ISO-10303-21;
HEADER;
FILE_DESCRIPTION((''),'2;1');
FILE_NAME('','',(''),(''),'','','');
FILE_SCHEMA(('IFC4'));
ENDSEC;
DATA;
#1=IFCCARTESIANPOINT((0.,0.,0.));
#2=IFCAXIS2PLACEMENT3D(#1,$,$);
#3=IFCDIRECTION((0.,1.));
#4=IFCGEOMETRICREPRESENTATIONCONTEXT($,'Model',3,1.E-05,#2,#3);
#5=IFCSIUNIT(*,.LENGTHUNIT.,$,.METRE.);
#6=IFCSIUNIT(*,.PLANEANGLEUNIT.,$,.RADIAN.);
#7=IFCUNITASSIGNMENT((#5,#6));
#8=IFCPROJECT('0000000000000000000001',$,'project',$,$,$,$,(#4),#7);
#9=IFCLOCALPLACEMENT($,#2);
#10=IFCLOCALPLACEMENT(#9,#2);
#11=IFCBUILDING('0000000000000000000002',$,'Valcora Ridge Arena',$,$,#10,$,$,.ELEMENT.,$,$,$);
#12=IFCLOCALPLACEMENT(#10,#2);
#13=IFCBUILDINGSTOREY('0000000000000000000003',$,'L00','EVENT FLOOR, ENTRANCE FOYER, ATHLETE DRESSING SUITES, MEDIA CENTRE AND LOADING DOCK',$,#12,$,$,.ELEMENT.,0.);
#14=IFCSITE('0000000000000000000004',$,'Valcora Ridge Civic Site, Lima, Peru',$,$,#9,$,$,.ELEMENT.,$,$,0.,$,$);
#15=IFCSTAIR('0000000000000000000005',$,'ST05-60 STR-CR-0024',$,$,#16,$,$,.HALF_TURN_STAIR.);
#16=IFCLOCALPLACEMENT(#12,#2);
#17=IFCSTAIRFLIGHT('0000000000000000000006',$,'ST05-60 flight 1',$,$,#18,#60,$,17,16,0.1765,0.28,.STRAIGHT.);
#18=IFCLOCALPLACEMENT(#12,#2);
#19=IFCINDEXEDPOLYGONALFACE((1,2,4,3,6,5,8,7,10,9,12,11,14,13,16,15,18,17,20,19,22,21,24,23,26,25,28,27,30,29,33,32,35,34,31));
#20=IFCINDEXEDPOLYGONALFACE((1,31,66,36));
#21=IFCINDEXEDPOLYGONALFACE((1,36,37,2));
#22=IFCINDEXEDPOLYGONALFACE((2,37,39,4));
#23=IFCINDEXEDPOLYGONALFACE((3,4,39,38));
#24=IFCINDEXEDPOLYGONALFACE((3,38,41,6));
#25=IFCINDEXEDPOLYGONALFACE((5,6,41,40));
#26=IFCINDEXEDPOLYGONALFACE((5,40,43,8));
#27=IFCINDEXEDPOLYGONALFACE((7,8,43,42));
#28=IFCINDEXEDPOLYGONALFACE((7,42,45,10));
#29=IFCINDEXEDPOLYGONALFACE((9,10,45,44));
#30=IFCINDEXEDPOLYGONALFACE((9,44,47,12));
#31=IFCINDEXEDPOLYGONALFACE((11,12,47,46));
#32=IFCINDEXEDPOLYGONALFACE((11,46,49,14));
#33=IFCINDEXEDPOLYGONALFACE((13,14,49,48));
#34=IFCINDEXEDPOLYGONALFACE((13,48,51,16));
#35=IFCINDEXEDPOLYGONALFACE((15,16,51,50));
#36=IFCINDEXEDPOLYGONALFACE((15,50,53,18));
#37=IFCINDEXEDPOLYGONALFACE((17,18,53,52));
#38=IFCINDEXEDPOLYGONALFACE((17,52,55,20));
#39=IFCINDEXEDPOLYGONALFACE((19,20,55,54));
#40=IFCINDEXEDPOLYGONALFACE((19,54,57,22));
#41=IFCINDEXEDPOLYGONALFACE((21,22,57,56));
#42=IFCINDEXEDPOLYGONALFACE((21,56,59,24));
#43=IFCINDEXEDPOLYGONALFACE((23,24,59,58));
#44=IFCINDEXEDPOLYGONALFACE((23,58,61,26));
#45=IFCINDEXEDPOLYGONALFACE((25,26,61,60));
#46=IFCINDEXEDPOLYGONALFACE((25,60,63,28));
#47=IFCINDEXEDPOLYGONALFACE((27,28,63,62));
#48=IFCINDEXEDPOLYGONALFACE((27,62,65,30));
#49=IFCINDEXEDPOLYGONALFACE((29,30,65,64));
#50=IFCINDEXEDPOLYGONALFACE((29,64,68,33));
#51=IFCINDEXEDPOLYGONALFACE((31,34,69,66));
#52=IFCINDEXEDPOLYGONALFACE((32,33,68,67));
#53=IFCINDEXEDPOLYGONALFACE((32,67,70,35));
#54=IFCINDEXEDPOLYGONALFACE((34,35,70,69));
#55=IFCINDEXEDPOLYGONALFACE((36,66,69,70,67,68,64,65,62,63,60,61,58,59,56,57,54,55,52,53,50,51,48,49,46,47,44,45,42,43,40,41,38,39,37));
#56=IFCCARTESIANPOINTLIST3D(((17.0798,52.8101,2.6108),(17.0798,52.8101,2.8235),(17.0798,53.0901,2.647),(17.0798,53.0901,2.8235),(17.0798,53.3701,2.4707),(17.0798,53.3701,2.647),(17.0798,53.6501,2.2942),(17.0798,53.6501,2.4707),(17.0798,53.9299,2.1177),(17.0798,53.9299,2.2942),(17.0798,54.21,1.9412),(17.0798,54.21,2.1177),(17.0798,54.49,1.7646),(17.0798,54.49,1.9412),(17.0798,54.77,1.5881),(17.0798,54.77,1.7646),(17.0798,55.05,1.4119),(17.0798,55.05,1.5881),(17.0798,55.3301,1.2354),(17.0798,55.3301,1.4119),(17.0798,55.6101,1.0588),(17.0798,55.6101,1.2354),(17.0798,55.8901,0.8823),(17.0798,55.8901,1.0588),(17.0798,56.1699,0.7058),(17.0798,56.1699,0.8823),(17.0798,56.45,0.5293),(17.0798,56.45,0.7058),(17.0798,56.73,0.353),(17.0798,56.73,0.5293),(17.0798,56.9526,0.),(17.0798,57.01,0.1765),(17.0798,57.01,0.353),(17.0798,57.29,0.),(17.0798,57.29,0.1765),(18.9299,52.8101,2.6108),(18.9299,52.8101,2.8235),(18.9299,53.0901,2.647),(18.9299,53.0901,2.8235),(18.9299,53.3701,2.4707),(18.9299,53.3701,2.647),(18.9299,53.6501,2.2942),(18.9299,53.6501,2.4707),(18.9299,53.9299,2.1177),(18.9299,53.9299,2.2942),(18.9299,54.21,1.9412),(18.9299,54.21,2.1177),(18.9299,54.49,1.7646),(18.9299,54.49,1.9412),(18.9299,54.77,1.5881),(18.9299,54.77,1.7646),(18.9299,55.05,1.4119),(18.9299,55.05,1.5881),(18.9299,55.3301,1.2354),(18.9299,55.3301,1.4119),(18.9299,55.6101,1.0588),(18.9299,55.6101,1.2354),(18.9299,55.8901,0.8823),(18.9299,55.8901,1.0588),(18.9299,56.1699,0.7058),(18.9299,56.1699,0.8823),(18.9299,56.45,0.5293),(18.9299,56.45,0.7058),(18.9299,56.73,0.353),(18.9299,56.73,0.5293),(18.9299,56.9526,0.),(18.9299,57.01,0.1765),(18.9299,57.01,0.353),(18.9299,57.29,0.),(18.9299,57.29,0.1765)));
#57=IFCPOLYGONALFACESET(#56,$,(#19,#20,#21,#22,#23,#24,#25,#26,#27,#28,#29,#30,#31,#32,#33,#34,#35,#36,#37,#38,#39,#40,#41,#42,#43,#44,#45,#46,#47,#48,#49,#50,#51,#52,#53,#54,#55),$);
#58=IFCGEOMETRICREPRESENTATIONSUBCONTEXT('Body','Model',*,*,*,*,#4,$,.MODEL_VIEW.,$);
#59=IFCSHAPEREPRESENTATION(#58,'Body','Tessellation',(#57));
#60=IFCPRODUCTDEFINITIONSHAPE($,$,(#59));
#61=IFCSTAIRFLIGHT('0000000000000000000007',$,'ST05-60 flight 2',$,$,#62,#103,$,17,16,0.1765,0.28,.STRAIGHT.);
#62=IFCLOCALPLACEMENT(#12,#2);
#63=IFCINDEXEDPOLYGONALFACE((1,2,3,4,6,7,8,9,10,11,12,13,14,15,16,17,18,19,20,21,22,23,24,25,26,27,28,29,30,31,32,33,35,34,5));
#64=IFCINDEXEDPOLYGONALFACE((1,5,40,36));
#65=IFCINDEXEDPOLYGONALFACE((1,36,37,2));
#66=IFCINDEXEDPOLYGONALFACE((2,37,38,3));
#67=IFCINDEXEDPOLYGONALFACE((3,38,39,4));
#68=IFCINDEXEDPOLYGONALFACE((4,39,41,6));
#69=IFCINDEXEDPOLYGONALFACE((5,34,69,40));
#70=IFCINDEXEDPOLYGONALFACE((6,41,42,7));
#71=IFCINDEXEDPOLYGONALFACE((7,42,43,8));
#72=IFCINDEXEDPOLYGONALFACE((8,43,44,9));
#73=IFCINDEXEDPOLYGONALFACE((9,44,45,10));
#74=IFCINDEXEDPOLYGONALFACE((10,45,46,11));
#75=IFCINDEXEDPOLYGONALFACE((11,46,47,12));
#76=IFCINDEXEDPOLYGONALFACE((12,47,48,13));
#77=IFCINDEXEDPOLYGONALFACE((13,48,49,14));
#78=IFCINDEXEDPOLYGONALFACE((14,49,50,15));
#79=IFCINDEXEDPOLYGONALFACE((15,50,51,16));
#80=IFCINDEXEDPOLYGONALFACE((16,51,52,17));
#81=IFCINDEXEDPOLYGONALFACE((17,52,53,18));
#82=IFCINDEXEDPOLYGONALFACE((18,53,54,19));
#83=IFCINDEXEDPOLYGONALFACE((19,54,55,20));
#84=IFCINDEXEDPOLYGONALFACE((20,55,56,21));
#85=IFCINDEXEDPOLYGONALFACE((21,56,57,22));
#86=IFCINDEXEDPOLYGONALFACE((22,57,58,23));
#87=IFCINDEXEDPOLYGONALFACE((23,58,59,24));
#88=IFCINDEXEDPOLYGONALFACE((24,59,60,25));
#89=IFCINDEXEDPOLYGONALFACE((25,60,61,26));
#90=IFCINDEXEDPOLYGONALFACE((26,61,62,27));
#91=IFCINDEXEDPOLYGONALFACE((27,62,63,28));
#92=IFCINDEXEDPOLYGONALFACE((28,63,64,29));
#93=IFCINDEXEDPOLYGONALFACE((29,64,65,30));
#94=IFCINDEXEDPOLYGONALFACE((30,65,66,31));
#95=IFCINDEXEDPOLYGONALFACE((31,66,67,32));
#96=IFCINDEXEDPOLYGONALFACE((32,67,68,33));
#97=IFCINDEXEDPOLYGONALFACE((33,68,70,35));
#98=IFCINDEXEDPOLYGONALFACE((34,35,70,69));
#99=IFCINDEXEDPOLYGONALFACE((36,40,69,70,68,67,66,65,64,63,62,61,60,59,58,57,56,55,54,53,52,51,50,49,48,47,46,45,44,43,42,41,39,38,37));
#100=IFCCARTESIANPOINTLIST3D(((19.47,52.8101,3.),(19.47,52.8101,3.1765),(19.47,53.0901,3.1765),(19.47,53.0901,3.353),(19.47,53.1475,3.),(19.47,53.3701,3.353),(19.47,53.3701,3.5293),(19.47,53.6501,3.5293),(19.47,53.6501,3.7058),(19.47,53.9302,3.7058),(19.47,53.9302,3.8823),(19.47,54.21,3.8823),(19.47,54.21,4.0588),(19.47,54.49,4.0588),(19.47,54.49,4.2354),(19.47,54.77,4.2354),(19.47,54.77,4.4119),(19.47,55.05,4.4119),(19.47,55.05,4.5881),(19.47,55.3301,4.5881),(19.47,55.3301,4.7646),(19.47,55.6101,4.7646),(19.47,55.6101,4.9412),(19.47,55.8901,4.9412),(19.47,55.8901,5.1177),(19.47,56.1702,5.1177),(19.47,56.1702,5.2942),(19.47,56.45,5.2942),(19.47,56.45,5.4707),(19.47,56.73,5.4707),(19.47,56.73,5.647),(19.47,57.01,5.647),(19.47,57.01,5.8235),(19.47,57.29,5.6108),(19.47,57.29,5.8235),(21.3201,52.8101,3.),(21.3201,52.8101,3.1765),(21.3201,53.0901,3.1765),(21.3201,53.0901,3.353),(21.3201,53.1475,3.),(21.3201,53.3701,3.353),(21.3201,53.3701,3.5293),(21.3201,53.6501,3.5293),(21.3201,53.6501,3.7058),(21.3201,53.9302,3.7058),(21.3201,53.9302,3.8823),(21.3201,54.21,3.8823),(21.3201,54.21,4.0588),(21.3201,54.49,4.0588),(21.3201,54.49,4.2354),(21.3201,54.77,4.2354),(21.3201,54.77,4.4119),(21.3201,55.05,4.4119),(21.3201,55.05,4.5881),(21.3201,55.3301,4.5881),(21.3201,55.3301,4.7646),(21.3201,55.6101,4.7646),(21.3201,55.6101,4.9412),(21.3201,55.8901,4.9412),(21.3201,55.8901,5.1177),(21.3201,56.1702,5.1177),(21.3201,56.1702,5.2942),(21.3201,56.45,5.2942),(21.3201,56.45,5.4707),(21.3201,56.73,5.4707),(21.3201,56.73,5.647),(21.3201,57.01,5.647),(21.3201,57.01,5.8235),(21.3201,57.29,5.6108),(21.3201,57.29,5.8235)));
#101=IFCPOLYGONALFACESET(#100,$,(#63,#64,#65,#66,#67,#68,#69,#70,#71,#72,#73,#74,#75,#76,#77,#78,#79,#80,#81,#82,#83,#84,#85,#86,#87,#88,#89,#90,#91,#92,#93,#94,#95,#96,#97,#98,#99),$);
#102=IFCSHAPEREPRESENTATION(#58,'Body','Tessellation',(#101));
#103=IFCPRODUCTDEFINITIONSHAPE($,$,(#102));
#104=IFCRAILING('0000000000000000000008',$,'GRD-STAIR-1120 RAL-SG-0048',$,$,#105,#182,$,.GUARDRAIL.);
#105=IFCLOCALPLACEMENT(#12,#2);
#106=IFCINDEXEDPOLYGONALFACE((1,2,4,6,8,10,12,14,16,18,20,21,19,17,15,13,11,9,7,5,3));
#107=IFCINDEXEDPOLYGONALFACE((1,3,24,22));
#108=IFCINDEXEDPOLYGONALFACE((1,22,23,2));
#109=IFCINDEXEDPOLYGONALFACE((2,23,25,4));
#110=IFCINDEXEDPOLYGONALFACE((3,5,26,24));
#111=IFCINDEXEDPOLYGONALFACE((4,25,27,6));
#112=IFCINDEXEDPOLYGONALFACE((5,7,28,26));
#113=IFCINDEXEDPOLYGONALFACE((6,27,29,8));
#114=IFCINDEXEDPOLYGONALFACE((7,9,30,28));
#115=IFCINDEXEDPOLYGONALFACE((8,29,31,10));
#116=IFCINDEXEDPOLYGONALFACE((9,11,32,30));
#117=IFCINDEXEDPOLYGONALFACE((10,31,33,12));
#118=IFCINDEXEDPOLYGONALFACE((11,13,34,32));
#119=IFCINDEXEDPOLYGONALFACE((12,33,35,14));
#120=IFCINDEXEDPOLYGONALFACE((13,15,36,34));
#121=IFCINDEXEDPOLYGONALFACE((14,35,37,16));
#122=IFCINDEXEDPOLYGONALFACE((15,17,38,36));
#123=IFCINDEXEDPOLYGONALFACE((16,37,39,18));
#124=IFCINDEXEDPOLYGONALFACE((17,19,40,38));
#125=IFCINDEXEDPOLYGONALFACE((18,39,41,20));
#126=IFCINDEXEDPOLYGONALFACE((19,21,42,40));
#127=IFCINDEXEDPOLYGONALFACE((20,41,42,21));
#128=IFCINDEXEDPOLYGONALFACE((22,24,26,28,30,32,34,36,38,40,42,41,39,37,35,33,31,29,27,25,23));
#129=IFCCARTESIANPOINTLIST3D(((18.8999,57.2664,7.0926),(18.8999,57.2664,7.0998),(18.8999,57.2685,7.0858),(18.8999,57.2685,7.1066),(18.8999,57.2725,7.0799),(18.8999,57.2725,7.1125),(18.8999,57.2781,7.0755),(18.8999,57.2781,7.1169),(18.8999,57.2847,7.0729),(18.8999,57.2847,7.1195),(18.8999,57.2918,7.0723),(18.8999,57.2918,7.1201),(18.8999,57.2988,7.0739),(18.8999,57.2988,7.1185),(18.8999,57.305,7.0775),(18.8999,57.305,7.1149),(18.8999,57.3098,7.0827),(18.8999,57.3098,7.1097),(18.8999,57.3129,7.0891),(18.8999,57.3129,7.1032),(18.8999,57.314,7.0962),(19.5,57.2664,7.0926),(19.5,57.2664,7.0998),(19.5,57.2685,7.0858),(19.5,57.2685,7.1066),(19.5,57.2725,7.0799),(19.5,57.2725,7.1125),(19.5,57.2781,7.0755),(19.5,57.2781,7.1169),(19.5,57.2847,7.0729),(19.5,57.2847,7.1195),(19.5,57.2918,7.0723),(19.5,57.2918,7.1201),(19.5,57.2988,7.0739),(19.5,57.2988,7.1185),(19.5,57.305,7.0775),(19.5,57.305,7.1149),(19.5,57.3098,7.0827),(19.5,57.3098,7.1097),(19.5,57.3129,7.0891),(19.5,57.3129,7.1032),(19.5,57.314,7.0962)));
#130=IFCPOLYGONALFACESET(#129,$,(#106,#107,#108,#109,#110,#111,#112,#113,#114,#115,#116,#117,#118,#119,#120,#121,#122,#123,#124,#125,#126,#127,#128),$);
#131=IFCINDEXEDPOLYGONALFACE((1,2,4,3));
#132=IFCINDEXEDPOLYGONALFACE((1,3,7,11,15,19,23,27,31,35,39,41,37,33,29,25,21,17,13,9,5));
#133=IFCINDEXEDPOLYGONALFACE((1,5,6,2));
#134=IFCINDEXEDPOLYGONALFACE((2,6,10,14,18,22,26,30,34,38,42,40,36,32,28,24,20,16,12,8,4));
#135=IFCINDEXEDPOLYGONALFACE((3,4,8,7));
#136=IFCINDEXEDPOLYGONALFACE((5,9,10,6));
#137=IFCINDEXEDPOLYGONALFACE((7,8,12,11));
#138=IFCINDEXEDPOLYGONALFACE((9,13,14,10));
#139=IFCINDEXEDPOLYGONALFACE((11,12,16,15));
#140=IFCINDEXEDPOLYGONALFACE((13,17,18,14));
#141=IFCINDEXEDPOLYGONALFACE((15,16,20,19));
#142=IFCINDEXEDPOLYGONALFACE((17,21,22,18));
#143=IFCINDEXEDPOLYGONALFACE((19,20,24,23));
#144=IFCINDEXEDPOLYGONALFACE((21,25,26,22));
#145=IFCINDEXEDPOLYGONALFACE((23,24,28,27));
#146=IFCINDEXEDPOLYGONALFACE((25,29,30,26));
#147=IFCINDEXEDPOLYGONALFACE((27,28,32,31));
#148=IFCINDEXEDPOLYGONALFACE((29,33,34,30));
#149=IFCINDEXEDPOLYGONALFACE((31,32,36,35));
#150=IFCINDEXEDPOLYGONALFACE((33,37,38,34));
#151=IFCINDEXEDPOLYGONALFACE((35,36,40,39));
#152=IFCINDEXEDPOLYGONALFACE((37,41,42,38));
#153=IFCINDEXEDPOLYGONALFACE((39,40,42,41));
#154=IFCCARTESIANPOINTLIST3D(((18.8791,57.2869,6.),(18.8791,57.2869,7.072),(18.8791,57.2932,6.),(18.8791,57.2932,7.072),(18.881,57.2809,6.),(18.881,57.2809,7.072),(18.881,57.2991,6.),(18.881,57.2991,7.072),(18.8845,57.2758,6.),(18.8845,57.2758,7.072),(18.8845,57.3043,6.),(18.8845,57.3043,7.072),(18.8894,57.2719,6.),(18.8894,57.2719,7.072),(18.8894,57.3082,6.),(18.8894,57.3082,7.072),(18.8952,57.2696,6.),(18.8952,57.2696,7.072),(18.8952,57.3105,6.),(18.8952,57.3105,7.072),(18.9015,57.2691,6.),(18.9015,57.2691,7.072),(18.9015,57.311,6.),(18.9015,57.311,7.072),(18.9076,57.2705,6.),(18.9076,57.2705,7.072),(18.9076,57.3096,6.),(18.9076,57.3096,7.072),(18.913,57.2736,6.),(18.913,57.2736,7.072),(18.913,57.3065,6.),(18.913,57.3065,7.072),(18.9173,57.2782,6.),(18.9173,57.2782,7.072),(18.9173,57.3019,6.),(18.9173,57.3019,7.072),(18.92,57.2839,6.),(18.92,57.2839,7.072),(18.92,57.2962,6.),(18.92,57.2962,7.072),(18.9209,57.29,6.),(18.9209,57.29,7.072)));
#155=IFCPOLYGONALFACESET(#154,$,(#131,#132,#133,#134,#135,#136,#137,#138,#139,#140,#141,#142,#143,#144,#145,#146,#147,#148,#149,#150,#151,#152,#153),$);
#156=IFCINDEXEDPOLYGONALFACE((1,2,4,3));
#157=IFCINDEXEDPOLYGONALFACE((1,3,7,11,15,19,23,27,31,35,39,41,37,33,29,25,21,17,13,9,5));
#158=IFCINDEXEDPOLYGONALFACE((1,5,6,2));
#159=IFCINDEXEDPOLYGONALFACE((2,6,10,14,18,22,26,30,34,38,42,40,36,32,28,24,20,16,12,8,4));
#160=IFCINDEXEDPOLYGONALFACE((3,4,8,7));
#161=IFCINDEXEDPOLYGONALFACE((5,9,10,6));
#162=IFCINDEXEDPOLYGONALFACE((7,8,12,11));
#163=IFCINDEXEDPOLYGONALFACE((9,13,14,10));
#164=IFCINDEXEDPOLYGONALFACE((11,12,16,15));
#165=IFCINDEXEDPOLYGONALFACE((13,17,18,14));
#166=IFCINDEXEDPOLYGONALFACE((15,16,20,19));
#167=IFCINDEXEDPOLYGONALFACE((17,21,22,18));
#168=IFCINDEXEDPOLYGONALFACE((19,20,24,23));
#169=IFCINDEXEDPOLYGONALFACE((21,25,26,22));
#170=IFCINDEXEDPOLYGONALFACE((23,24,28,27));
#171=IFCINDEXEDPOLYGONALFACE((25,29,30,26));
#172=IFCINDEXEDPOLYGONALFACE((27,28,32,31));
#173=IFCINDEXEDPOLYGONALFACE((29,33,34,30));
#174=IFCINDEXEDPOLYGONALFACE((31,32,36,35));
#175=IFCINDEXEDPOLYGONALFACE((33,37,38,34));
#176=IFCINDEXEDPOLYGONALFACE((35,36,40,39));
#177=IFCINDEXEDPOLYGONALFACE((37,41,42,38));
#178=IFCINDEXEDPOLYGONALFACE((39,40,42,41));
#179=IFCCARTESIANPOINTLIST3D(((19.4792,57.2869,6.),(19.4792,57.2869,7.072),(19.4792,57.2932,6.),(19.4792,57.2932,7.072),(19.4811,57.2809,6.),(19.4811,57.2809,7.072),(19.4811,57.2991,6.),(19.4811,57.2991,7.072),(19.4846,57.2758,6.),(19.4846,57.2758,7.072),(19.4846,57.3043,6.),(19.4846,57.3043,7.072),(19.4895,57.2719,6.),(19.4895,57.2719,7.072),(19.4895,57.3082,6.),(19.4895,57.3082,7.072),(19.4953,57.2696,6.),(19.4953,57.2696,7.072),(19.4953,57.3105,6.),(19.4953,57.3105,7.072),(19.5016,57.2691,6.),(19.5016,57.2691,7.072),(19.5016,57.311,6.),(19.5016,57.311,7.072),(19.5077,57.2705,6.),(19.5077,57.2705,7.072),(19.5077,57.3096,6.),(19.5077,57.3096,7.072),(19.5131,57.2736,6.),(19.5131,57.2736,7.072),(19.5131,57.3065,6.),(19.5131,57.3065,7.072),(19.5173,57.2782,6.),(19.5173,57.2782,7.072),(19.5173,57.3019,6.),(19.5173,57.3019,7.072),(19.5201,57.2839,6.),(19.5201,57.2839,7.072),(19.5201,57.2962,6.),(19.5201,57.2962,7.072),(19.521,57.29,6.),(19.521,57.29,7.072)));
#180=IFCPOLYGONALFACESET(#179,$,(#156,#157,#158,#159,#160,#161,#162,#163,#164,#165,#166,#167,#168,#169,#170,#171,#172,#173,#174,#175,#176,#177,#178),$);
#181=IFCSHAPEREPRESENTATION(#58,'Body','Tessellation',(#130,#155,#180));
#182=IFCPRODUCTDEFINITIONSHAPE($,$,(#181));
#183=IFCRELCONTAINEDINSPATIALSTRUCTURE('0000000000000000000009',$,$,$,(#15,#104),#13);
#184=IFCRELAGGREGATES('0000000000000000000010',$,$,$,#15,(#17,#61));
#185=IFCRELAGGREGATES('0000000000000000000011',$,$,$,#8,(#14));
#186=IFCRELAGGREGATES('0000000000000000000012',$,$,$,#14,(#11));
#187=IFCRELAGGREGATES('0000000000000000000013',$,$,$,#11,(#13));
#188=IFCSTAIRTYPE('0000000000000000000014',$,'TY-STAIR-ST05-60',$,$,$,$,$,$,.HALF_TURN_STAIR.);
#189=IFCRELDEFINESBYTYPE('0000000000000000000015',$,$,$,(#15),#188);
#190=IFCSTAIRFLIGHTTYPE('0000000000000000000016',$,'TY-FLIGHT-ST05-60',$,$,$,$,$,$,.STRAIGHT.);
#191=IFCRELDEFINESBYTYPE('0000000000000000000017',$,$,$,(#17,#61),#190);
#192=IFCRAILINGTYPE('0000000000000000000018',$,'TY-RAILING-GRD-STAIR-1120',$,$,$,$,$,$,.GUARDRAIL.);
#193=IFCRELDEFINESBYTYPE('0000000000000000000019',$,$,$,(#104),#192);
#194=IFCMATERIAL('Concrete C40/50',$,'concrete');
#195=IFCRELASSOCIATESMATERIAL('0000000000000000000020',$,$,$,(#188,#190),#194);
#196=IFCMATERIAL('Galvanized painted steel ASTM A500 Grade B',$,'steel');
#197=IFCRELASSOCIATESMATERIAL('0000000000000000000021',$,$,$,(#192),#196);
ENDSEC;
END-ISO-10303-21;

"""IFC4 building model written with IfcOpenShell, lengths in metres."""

from ifc_helpers import new_model, si_unit, direction, frame, origin, origin_2d, place, context, subcontext, project, spatial, polyline, circle, outline, extrude, material, type_object, element, aggregate, save


model = new_model("IFC4")

# Units and contexts
model_context = context("Model", 3, precision=1e-05, world=origin(), true_north=direction((0.0, 1.0)))
body_context = subcontext(model_context, "Body", "Model", "MODEL_VIEW")
ifc_project = project(units=[si_unit("LENGTHUNIT", "METRE"), si_unit("PLANEANGLEUNIT", "RADIAN")], contexts=[model_context])

# Site, building, storey
site_placement = place(None, origin())
site = spatial("IfcSite", under=ifc_project, at=site_placement, Name="Valcora Ridge Civic Site, Lima, Peru", CompositionType="ELEMENT", RefElevation=0.0)
building_placement = place(site_placement, origin())
building = spatial("IfcBuilding", under=site, at=building_placement, Name="Valcora Ridge Arena", CompositionType="ELEMENT")
storey_placement = place(building_placement, origin())
storey = spatial("IfcBuildingStorey", under=building, at=storey_placement, Name="L00", Description="EVENT FLOOR, ENTRANCE FOYER, ATHLETE DRESSING SUITES, MEDIA CENTRE AND LOADING DOCK", CompositionType="ELEMENT", Elevation=0.0)

# Shared definitions
ifc_material_1 = material(Name="Concrete C40/50", Category="concrete")

# Stair, stair flights
stair_type = type_object("IfcStairType", Name="TY-STAIR-ST05-60", PredefinedType="HALF_TURN_STAIR", material=ifc_material_1)
stair_placement = place(storey_placement, origin())
stair = element("IfcStair", 1, at=stair_placement, inside=storey, type_object=stair_type, Name="ST05-60 STR-CR-0024", PredefinedType="HALF_TURN_STAIR")
stair_flight_type = type_object("IfcStairFlightType", Name="TY-FLIGHT-ST05-60", PredefinedType="STRAIGHT", material=ifc_material_1)
stair_flight_1_placement = place(storey_placement, frame((18.0049, 57.29, 0.0), z_axis=(0.0, 0.0, 1.0), x_axis=(0.0, -1.0, 0.0)))
stair_flight_1 = element("IfcStairFlight", 2, at=stair_flight_1_placement, type_object=stair_flight_type, Name="ST05-60 flight 1", NumberOfRisers=17, NumberOfTreads=16, PredefinedType="STRAIGHT", RiserHeight=0.1765, TreadLength=0.28, context=body_context, shape_type="SweptSolid", body=[
    extrude(outline(polyline([(0.0, 0.0), (0.0, 0.1765), (0.28, 0.1765), (0.28, 0.353), (0.5601, 0.353), (0.5601, 0.5293), (0.8401, 0.5293), (0.8401, 0.7058), (1.1201, 0.7058), (1.1201, 0.8823), (1.3999, 0.8823), (1.3999, 1.0588), (1.6799, 1.0588), (1.6799, 1.2354), (1.96, 1.2354), (1.96, 1.4119), (2.24, 1.4119), (2.24, 1.5881), (2.52, 1.5881), (2.52, 1.7646), (2.8, 1.7646), (2.8, 1.9412), (3.0801, 1.9412), (3.0801, 2.1177), (3.3601, 2.1177), (3.3601, 2.2942), (3.6399, 2.2942), (3.6399, 2.4707), (3.9199, 2.4707), (3.9199, 2.647), (4.2, 2.647), (4.2, 2.8235), (4.48, 2.8235), (4.48, 3.0), (4.48, 2.6108), (0.3374, 0.0), (0.0, 0.0)])), frame((0.0, 0.925, 0.0), z_axis=(0.0, -1.0, 0.0), x_axis=(1.0, 0.0, 0.0)), (0.0, 0.0, 1.0), 1.8501),
])
stair_flight_2_placement = place(storey_placement, frame((20.395, 52.8101, 3.0), z_axis=(0.0, 0.0, 1.0), x_axis=(0.0, 1.0, 0.0)))
stair_flight_2 = element("IfcStairFlight", 3, at=stair_flight_2_placement, type_object=stair_flight_type, Name="ST05-60 flight 2", NumberOfRisers=17, NumberOfTreads=16, PredefinedType="STRAIGHT", RiserHeight=0.1765, TreadLength=0.28, context=body_context, shape_type="SweptSolid", body=[
    extrude(outline(polyline([(0.0, 0.0), (0.0, 0.1765), (0.28, 0.1765), (0.28, 0.353), (0.5601, 0.353), (0.5601, 0.5293), (0.8401, 0.5293), (0.8401, 0.7058), (1.1201, 0.7058), (1.1201, 0.8823), (1.3999, 0.8823), (1.3999, 1.0588), (1.6799, 1.0588), (1.6799, 1.2354), (1.96, 1.2354), (1.96, 1.4119), (2.24, 1.4119), (2.24, 1.5881), (2.52, 1.5881), (2.52, 1.7646), (2.8, 1.7646), (2.8, 1.9412), (3.0801, 1.9412), (3.0801, 2.1177), (3.3601, 2.1177), (3.3601, 2.2942), (3.6399, 2.2942), (3.6399, 2.4707), (3.9199, 2.4707), (3.9199, 2.647), (4.2, 2.647), (4.2, 2.8235), (4.48, 2.8235), (4.48, 3.0), (4.48, 2.6108), (0.3374, 0.0), (0.0, 0.0)])), frame((0.0, 0.925, 0.0), z_axis=(0.0, -1.0, 0.0), x_axis=(1.0, 0.0, 0.0)), (0.0, 0.0, 1.0), 1.8501),
])
aggregate(stair, [stair_flight_1, stair_flight_2])

# Railing
ifc_material_2 = material(Name="Galvanized painted steel ASTM A500 Grade B", Category="steel")
railing_type_1 = type_object("IfcRailingType", Name="TY-RAILING-GRD-STAIR-1120", PredefinedType="GUARDRAIL", material=ifc_material_2)
railing_1_placement = place(storey_placement, frame((18.8999, 57.29, 6.0)))
element("IfcRailing", 4, at=railing_1_placement, inside=storey, type_object=railing_type_1, Name="GRD-STAIR-1120 RAL-SG-0048", PredefinedType="GUARDRAIL", context=body_context, shape_type="SweptSolid", body=[
    extrude(circle(Radius=0.0239, at=origin_2d()), frame((0.0, 0.0, 1.0962), z_axis=(1.0, 0.0, 0.0), x_axis=(0.0, 1.0, 0.0)), (0.0, 0.0, 1.0), 0.6001),
    extrude(circle(Radius=0.021, at=origin_2d()), origin(), (0.0, 0.0, 1.0), 1.072),
    extrude(circle(Radius=0.021, at=origin_2d()), frame((0.6001, 0.0, 0.0)), (0.0, 0.0, 1.0), 1.072),
])

save(model, "model.ifc")
